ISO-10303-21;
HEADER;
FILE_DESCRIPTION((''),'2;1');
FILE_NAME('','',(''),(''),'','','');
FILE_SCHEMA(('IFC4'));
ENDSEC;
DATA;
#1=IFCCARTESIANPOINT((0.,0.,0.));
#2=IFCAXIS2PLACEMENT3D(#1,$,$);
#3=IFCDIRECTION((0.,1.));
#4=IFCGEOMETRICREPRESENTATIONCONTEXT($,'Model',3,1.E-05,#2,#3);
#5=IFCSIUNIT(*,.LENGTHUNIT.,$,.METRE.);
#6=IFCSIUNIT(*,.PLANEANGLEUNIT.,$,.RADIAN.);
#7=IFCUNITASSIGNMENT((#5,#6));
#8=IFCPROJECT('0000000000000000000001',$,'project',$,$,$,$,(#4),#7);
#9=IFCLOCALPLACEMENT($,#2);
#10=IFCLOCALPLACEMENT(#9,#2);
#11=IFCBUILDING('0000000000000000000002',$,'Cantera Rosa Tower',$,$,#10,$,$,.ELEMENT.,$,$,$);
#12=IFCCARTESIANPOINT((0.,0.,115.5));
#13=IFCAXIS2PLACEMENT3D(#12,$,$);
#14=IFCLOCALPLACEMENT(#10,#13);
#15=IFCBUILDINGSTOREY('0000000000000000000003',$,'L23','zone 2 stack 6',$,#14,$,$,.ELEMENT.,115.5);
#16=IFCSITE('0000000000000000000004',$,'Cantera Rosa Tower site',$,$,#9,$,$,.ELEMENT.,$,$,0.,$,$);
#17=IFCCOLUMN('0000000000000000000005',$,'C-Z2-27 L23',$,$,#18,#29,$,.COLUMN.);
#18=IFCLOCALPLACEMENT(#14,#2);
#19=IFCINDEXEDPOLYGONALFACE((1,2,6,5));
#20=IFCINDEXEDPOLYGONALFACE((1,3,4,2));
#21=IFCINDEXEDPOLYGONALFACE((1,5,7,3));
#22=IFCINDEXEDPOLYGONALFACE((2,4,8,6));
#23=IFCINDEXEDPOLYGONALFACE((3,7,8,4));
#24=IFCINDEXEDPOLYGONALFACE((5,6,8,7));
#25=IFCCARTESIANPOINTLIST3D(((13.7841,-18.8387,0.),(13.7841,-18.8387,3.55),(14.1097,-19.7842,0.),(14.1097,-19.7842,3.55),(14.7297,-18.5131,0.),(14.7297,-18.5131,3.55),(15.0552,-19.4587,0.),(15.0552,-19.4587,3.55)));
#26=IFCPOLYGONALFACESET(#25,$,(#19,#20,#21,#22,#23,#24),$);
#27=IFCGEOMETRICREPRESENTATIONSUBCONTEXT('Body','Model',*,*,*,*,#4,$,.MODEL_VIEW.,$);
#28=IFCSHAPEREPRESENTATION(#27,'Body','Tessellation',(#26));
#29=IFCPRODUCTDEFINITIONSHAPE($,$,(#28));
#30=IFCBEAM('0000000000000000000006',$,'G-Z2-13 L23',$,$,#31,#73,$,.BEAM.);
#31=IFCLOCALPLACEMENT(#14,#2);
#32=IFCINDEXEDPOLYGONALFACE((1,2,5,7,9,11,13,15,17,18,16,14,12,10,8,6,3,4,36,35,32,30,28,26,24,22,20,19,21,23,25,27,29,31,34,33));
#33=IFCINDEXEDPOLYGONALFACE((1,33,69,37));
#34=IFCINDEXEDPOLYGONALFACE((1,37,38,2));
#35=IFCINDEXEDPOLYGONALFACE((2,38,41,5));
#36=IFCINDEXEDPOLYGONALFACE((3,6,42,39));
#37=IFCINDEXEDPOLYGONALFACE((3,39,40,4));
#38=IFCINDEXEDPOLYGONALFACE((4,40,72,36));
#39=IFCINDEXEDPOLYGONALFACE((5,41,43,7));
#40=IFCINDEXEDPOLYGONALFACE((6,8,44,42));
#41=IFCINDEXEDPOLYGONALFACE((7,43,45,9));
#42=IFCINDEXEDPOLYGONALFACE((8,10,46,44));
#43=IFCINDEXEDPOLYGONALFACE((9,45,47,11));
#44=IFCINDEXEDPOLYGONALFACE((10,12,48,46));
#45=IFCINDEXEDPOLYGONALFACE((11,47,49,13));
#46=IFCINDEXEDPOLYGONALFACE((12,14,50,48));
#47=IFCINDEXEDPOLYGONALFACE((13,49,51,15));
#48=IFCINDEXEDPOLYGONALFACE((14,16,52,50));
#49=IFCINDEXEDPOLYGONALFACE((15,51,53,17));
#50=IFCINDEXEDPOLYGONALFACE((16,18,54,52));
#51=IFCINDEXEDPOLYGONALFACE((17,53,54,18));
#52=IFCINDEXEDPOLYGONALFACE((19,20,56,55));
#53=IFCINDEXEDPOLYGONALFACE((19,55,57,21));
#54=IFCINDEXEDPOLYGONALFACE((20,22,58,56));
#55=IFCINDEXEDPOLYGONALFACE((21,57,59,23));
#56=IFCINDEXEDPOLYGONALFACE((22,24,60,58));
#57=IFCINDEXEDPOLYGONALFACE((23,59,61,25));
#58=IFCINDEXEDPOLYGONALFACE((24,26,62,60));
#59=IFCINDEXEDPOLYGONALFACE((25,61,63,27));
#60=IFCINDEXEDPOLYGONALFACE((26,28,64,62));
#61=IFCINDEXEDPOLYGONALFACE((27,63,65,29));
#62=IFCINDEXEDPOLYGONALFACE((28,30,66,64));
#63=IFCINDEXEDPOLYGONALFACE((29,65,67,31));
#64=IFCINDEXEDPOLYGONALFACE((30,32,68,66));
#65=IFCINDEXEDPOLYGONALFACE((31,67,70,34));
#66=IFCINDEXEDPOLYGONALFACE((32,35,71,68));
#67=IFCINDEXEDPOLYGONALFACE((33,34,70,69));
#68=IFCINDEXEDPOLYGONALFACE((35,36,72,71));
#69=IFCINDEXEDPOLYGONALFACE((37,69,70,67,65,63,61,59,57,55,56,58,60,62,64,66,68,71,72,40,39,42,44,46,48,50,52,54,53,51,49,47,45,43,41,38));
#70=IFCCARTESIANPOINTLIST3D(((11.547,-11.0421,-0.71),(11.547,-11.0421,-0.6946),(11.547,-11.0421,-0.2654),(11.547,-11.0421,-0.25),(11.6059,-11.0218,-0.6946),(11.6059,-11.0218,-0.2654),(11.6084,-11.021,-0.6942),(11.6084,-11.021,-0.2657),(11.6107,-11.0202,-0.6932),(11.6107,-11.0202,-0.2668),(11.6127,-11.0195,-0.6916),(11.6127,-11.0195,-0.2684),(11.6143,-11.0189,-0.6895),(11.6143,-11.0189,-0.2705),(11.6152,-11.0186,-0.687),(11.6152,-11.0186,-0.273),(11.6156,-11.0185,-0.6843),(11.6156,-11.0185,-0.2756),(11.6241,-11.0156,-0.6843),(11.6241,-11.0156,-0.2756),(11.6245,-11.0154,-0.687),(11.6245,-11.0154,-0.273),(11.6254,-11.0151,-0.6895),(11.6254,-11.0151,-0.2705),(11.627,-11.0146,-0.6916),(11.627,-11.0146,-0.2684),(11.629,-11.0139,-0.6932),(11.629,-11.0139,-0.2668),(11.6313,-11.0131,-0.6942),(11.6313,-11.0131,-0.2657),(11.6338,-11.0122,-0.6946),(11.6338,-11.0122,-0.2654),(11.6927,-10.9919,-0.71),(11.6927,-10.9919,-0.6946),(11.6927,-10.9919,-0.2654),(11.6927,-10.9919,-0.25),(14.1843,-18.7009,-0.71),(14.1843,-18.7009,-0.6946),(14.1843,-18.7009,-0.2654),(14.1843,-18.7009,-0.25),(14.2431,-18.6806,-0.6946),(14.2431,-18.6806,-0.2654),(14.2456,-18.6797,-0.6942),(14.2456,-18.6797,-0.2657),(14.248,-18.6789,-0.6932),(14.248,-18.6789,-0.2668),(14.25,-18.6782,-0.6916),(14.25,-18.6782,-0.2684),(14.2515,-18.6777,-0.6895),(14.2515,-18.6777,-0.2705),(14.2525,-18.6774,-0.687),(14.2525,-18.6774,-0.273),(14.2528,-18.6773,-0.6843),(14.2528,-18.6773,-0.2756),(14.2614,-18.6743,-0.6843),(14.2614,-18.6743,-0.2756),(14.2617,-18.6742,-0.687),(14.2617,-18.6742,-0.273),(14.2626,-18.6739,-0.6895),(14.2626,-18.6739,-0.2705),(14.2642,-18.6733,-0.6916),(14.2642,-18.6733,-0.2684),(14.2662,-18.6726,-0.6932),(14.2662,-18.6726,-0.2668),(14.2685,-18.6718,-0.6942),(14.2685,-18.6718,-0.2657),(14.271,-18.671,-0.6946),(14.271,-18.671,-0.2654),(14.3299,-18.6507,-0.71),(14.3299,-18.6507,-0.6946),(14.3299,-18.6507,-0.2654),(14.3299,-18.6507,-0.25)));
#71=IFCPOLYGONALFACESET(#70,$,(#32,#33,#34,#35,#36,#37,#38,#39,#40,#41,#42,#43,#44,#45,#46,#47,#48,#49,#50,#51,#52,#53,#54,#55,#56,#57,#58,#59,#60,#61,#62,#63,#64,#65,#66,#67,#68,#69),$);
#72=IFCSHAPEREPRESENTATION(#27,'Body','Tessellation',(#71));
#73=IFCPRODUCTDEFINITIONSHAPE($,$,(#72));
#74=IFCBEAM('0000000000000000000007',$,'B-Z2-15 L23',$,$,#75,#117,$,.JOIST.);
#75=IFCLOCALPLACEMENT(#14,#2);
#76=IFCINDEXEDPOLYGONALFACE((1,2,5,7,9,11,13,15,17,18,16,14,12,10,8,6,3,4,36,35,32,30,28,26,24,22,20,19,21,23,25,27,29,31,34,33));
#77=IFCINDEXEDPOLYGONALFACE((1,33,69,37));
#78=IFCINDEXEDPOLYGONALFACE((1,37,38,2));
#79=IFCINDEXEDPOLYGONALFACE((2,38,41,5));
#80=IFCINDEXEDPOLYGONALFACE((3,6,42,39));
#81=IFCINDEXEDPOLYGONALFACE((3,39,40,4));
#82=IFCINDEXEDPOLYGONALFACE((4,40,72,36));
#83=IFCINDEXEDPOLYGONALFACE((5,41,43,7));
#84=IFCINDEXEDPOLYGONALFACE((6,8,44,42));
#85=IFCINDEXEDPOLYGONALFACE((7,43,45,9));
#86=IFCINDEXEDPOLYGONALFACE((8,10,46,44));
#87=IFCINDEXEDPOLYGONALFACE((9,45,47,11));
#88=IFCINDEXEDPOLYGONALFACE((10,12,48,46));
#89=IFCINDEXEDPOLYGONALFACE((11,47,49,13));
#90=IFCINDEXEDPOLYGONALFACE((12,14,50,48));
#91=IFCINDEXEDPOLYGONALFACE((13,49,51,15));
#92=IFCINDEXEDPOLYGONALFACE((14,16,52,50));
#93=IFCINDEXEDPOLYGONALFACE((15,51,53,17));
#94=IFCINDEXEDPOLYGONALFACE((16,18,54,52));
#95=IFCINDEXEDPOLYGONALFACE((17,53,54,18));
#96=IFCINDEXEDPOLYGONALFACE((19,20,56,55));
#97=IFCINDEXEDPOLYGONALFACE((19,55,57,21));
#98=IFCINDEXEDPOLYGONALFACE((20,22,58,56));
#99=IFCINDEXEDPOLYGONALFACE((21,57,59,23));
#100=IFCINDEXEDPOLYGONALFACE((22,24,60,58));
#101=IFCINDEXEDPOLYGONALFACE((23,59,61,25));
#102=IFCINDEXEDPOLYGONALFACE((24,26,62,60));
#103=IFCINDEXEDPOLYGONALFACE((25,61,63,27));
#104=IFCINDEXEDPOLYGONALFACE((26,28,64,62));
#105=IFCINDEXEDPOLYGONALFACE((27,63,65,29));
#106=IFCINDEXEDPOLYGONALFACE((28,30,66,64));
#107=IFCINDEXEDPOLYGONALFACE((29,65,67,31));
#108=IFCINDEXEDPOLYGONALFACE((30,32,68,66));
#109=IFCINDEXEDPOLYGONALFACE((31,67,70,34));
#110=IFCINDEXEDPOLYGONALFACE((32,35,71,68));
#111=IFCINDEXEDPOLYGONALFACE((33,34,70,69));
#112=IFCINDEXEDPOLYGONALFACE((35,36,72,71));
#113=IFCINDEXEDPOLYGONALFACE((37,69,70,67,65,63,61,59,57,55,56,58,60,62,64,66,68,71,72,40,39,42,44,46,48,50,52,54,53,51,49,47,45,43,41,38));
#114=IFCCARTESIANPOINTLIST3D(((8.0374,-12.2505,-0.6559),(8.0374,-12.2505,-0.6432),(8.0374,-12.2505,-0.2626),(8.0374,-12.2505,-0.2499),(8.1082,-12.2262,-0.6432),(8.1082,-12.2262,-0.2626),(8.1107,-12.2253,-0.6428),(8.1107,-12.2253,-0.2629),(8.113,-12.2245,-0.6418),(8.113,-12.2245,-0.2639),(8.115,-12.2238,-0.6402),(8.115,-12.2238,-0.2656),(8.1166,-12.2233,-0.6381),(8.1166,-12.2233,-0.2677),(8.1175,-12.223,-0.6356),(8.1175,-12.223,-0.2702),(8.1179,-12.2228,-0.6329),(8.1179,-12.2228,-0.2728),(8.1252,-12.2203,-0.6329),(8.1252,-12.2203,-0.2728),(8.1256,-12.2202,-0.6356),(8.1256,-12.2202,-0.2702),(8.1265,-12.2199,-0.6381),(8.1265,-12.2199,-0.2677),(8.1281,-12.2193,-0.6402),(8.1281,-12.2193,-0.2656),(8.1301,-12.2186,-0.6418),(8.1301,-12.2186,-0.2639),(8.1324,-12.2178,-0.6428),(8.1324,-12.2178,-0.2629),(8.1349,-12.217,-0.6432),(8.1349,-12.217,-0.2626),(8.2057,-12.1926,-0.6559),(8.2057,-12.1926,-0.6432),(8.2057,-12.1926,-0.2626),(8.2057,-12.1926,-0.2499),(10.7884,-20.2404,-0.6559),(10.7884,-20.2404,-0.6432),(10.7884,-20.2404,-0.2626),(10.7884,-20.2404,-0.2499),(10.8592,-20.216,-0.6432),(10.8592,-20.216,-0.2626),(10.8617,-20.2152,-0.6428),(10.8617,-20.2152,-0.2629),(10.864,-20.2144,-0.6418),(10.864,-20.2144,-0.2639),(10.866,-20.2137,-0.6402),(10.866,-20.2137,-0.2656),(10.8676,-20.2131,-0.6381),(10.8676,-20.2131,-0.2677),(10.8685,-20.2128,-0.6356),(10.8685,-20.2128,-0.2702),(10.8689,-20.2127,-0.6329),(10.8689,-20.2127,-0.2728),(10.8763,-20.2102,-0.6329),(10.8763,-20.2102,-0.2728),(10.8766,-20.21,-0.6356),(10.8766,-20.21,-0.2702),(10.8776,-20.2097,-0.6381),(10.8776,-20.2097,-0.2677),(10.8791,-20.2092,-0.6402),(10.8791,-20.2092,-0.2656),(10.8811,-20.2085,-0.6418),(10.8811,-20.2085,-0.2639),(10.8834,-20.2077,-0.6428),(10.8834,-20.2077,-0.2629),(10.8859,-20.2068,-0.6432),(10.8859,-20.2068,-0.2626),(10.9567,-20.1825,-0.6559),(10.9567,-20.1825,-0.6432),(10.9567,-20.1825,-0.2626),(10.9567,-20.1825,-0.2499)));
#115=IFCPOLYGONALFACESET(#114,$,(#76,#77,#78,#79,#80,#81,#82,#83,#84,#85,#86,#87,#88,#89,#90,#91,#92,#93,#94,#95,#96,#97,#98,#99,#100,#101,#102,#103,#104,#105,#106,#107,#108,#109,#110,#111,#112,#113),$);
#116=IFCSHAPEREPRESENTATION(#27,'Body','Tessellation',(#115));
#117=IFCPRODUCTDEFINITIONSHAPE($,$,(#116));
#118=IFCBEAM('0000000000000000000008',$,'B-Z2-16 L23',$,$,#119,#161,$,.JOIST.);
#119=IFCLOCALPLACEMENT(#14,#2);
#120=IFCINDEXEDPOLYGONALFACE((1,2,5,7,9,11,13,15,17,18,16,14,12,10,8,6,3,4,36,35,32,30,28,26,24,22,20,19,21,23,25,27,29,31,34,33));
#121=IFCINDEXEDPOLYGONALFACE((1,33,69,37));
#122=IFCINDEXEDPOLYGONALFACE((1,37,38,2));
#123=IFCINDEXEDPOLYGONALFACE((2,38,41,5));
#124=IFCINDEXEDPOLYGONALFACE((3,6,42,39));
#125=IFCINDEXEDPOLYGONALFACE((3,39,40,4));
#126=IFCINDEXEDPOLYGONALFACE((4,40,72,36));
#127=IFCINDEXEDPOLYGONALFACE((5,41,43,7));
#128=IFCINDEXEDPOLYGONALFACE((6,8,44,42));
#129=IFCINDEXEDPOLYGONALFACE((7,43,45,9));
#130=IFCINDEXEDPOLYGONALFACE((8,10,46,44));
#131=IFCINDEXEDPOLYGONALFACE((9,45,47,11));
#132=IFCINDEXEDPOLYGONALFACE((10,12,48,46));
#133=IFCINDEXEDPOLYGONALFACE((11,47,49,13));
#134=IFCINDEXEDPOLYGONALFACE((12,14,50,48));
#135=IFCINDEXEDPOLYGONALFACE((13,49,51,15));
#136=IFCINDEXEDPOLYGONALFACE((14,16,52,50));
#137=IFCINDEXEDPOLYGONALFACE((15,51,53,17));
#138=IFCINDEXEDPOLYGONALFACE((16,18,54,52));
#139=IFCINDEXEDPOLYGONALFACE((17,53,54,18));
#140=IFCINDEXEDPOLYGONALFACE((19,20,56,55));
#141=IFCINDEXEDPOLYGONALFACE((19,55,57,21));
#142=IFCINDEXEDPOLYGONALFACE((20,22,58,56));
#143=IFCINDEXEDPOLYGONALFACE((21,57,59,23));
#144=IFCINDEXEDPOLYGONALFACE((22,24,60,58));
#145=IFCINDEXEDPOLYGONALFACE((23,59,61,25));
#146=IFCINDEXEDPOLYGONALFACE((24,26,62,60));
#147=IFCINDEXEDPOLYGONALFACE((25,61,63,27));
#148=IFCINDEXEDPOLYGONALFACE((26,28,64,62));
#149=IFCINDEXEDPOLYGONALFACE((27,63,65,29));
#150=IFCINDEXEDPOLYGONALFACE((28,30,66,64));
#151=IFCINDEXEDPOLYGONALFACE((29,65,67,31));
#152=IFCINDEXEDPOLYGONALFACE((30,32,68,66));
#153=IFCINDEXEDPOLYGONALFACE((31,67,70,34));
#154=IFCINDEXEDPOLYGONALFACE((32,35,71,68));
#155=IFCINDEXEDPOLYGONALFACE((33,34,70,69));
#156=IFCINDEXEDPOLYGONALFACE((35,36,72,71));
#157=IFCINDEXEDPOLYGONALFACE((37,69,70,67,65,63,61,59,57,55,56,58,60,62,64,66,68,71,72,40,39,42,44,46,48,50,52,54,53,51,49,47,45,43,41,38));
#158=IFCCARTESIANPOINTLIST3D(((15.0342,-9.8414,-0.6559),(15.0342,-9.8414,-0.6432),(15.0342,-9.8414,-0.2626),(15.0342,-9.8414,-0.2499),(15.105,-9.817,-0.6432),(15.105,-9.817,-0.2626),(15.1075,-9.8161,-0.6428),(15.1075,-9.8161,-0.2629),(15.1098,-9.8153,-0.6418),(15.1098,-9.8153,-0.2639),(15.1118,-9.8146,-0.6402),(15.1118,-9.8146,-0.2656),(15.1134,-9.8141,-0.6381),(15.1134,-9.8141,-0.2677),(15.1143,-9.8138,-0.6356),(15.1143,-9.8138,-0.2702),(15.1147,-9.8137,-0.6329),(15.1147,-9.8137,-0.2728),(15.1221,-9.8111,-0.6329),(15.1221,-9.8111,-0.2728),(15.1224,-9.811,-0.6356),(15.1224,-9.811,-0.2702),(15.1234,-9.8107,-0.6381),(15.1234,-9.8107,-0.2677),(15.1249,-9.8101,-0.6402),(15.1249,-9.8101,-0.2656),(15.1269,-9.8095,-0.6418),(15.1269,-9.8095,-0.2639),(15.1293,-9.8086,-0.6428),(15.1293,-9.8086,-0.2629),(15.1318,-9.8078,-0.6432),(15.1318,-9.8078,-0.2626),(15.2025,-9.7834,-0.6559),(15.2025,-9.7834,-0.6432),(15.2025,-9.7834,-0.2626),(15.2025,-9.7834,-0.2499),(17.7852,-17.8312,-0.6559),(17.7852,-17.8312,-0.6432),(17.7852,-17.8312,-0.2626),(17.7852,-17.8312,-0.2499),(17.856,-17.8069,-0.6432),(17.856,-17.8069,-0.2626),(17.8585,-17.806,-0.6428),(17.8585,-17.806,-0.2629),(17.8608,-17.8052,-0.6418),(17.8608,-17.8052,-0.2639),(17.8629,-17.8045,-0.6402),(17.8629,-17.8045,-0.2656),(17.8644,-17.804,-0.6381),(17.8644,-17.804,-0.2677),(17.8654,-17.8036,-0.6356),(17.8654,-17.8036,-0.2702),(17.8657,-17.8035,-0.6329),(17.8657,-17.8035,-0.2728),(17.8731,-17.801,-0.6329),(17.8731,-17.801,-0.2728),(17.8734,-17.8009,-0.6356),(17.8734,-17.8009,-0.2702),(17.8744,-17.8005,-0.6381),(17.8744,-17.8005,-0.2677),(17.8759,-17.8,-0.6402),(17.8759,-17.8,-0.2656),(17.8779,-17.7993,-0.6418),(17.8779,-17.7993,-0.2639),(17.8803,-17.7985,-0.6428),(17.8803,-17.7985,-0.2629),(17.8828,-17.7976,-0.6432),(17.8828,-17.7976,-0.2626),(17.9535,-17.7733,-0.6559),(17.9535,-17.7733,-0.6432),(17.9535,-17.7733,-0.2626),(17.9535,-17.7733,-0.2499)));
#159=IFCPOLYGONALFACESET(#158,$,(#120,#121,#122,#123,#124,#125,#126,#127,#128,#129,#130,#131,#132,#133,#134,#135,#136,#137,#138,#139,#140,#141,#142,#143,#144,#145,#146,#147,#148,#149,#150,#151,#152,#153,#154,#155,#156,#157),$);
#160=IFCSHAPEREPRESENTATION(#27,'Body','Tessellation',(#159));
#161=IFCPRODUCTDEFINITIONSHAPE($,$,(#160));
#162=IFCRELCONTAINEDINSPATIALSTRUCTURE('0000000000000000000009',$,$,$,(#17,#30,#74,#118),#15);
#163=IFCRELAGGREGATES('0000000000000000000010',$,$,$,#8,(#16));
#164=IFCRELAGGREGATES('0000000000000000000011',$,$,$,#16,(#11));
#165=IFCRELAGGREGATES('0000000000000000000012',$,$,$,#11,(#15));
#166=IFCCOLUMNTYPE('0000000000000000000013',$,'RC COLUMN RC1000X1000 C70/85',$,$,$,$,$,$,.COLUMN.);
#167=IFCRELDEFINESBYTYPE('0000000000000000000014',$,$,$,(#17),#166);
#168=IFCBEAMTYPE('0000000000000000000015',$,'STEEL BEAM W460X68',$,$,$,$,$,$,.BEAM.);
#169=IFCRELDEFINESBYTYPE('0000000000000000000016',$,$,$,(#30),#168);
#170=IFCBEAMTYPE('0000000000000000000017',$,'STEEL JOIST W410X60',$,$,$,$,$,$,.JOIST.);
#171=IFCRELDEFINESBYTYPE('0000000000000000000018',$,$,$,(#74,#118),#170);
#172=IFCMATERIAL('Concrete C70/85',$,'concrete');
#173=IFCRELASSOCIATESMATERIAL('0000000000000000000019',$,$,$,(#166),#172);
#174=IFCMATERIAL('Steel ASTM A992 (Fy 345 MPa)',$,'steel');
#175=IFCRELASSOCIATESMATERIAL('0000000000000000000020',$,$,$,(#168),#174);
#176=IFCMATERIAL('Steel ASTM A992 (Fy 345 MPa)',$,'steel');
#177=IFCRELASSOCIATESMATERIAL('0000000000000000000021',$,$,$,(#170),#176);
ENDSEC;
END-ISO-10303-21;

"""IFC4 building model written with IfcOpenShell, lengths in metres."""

from ifc_helpers import new_model, si_unit, direction, frame, origin, origin_2d, place, context, subcontext, project, spatial, rectangle, i_section, extrude, material, material_profile, profile_set, type_object, element, save


model = new_model("IFC4")

# Units and contexts
model_context = context("Model", 3, precision=1e-05, world=origin(), true_north=direction((0.0, 1.0)))
body_context = subcontext(model_context, "Body", "Model", "MODEL_VIEW")
ifc_project = project(units=[si_unit("LENGTHUNIT", "METRE"), si_unit("PLANEANGLEUNIT", "RADIAN")], contexts=[model_context])

# Site, building, storey
site_placement = place(None, origin())
site = spatial("IfcSite", under=ifc_project, at=site_placement, Name="Cantera Rosa Tower site", CompositionType="ELEMENT", RefElevation=0.0)
building_placement = place(site_placement, origin())
building = spatial("IfcBuilding", under=site, at=building_placement, Name="Cantera Rosa Tower", CompositionType="ELEMENT")
storey_placement = place(building_placement, frame((0.0, 0.0, 115.5)))
storey = spatial("IfcBuildingStorey", under=building, at=storey_placement, Name="L23", Description="zone 2 stack 6", CompositionType="ELEMENT", Elevation=115.5)

# Column
ifc_material_1 = material(Name="Concrete C70/85", Category="concrete")
ifc_material_profile_1 = material_profile(ifc_material_1, rectangle(XDim=1.0, YDim=1.0, at=origin_2d()), Name="RC COLUMN RC1000X1000 C70/85")
ifc_profile_set_1 = profile_set([ifc_material_profile_1], Name="Concrete C70/85")
column_type = type_object("IfcColumnType", Name="RC COLUMN RC1000X1000 C70/85", PredefinedType="COLUMN", material=ifc_profile_set_1)
column_placement = place(storey_placement, frame((14.4197, -19.1487, 0.0), z_axis=(0.0, 0.0, 1.0), x_axis=(0.945519, 0.325568, 0.0)))
element("IfcColumn", 1, at=column_placement, inside=storey, type_object=column_type, Name="C-Z2-27 L23", PredefinedType="COLUMN", context=body_context, shape_type="SweptSolid", body=[
    extrude(rectangle(XDim=1.0, YDim=1.0, at=origin_2d()), origin(), (0.0, 0.0, 1.0), 3.55),
])

# Beams
ifc_material_2 = material(Name="Steel ASTM A992 (Fy 345 MPa)", Category="steel")
ifc_material_profile_2 = material_profile(ifc_material_2, i_section(OverallWidth=0.1541, OverallDepth=0.46, WebThickness=0.009, FlangeThickness=0.0154, FilletRadius=0.0103, at=origin_2d()), Name="W460X68")
ifc_profile_set_2 = profile_set([ifc_material_profile_2], Name="Steel ASTM A992 (Fy 345 MPa)")
beam_type_1 = type_object("IfcBeamType", Name="STEEL BEAM W460X68", PredefinedType="BEAM", material=ifc_profile_set_2)
beam_1_placement = place(storey_placement, frame((14.2571, -18.6758, -0.48), z_axis=(-0.32558, 0.945514, 0.0), x_axis=(-0.945514, -0.32558, 0.0)))
element("IfcBeam", 2, at=beam_1_placement, inside=storey, type_object=beam_type_1, Name="G-Z2-13 L23", PredefinedType="BEAM", context=body_context, shape_type="SweptSolid", body=[
    extrude(i_section(OverallWidth=0.1541, OverallDepth=0.46, WebThickness=0.009, FlangeThickness=0.0154, FilletRadius=0.0103, at=origin_2d()), origin(), (0.0, 0.0, 1.0), 8.1001),
])
ifc_material_3 = material(Name="Steel ASTM A992 (Fy 345 MPa)", Category="steel")
ifc_material_profile_3 = material_profile(ifc_material_3, i_section(OverallWidth=0.178, OverallDepth=0.406, WebThickness=0.0078, FlangeThickness=0.0127, FilletRadius=0.0103, at=origin_2d()), Name="W410X60")
ifc_profile_set_3 = profile_set([ifc_material_profile_3], Name="Steel ASTM A992 (Fy 345 MPa)")
beam_type_2 = type_object("IfcBeamType", Name="STEEL JOIST W410X60", PredefinedType="JOIST", material=ifc_profile_set_3)
for number, where, z_axis, x_axis, name in (
    (3, (10.8726, -20.2114, -0.4529), (-0.325556, 0.945523, 0.0), (-0.945523, -0.325556, 0.0), "B-Z2-15 L23"),
    (4, (17.8694, -17.8022, -0.4529), (-0.325556, 0.945523, 0.0), (-0.945523, -0.325556, 0.0), "B-Z2-16 L23"),
):
    element("IfcBeam", number, at=place(storey_placement, frame(where, z_axis=z_axis, x_axis=x_axis)), inside=storey, type_object=beam_type_2, Name=name, PredefinedType="JOIST", context=body_context, shape_type="SweptSolid", body=[
        extrude(i_section(OverallWidth=0.178, OverallDepth=0.406, WebThickness=0.0078, FlangeThickness=0.0127, FilletRadius=0.0103, at=origin_2d()), origin(), (0.0, 0.0, 1.0), 8.4502),
    ])

save(model, "model.ifc")
